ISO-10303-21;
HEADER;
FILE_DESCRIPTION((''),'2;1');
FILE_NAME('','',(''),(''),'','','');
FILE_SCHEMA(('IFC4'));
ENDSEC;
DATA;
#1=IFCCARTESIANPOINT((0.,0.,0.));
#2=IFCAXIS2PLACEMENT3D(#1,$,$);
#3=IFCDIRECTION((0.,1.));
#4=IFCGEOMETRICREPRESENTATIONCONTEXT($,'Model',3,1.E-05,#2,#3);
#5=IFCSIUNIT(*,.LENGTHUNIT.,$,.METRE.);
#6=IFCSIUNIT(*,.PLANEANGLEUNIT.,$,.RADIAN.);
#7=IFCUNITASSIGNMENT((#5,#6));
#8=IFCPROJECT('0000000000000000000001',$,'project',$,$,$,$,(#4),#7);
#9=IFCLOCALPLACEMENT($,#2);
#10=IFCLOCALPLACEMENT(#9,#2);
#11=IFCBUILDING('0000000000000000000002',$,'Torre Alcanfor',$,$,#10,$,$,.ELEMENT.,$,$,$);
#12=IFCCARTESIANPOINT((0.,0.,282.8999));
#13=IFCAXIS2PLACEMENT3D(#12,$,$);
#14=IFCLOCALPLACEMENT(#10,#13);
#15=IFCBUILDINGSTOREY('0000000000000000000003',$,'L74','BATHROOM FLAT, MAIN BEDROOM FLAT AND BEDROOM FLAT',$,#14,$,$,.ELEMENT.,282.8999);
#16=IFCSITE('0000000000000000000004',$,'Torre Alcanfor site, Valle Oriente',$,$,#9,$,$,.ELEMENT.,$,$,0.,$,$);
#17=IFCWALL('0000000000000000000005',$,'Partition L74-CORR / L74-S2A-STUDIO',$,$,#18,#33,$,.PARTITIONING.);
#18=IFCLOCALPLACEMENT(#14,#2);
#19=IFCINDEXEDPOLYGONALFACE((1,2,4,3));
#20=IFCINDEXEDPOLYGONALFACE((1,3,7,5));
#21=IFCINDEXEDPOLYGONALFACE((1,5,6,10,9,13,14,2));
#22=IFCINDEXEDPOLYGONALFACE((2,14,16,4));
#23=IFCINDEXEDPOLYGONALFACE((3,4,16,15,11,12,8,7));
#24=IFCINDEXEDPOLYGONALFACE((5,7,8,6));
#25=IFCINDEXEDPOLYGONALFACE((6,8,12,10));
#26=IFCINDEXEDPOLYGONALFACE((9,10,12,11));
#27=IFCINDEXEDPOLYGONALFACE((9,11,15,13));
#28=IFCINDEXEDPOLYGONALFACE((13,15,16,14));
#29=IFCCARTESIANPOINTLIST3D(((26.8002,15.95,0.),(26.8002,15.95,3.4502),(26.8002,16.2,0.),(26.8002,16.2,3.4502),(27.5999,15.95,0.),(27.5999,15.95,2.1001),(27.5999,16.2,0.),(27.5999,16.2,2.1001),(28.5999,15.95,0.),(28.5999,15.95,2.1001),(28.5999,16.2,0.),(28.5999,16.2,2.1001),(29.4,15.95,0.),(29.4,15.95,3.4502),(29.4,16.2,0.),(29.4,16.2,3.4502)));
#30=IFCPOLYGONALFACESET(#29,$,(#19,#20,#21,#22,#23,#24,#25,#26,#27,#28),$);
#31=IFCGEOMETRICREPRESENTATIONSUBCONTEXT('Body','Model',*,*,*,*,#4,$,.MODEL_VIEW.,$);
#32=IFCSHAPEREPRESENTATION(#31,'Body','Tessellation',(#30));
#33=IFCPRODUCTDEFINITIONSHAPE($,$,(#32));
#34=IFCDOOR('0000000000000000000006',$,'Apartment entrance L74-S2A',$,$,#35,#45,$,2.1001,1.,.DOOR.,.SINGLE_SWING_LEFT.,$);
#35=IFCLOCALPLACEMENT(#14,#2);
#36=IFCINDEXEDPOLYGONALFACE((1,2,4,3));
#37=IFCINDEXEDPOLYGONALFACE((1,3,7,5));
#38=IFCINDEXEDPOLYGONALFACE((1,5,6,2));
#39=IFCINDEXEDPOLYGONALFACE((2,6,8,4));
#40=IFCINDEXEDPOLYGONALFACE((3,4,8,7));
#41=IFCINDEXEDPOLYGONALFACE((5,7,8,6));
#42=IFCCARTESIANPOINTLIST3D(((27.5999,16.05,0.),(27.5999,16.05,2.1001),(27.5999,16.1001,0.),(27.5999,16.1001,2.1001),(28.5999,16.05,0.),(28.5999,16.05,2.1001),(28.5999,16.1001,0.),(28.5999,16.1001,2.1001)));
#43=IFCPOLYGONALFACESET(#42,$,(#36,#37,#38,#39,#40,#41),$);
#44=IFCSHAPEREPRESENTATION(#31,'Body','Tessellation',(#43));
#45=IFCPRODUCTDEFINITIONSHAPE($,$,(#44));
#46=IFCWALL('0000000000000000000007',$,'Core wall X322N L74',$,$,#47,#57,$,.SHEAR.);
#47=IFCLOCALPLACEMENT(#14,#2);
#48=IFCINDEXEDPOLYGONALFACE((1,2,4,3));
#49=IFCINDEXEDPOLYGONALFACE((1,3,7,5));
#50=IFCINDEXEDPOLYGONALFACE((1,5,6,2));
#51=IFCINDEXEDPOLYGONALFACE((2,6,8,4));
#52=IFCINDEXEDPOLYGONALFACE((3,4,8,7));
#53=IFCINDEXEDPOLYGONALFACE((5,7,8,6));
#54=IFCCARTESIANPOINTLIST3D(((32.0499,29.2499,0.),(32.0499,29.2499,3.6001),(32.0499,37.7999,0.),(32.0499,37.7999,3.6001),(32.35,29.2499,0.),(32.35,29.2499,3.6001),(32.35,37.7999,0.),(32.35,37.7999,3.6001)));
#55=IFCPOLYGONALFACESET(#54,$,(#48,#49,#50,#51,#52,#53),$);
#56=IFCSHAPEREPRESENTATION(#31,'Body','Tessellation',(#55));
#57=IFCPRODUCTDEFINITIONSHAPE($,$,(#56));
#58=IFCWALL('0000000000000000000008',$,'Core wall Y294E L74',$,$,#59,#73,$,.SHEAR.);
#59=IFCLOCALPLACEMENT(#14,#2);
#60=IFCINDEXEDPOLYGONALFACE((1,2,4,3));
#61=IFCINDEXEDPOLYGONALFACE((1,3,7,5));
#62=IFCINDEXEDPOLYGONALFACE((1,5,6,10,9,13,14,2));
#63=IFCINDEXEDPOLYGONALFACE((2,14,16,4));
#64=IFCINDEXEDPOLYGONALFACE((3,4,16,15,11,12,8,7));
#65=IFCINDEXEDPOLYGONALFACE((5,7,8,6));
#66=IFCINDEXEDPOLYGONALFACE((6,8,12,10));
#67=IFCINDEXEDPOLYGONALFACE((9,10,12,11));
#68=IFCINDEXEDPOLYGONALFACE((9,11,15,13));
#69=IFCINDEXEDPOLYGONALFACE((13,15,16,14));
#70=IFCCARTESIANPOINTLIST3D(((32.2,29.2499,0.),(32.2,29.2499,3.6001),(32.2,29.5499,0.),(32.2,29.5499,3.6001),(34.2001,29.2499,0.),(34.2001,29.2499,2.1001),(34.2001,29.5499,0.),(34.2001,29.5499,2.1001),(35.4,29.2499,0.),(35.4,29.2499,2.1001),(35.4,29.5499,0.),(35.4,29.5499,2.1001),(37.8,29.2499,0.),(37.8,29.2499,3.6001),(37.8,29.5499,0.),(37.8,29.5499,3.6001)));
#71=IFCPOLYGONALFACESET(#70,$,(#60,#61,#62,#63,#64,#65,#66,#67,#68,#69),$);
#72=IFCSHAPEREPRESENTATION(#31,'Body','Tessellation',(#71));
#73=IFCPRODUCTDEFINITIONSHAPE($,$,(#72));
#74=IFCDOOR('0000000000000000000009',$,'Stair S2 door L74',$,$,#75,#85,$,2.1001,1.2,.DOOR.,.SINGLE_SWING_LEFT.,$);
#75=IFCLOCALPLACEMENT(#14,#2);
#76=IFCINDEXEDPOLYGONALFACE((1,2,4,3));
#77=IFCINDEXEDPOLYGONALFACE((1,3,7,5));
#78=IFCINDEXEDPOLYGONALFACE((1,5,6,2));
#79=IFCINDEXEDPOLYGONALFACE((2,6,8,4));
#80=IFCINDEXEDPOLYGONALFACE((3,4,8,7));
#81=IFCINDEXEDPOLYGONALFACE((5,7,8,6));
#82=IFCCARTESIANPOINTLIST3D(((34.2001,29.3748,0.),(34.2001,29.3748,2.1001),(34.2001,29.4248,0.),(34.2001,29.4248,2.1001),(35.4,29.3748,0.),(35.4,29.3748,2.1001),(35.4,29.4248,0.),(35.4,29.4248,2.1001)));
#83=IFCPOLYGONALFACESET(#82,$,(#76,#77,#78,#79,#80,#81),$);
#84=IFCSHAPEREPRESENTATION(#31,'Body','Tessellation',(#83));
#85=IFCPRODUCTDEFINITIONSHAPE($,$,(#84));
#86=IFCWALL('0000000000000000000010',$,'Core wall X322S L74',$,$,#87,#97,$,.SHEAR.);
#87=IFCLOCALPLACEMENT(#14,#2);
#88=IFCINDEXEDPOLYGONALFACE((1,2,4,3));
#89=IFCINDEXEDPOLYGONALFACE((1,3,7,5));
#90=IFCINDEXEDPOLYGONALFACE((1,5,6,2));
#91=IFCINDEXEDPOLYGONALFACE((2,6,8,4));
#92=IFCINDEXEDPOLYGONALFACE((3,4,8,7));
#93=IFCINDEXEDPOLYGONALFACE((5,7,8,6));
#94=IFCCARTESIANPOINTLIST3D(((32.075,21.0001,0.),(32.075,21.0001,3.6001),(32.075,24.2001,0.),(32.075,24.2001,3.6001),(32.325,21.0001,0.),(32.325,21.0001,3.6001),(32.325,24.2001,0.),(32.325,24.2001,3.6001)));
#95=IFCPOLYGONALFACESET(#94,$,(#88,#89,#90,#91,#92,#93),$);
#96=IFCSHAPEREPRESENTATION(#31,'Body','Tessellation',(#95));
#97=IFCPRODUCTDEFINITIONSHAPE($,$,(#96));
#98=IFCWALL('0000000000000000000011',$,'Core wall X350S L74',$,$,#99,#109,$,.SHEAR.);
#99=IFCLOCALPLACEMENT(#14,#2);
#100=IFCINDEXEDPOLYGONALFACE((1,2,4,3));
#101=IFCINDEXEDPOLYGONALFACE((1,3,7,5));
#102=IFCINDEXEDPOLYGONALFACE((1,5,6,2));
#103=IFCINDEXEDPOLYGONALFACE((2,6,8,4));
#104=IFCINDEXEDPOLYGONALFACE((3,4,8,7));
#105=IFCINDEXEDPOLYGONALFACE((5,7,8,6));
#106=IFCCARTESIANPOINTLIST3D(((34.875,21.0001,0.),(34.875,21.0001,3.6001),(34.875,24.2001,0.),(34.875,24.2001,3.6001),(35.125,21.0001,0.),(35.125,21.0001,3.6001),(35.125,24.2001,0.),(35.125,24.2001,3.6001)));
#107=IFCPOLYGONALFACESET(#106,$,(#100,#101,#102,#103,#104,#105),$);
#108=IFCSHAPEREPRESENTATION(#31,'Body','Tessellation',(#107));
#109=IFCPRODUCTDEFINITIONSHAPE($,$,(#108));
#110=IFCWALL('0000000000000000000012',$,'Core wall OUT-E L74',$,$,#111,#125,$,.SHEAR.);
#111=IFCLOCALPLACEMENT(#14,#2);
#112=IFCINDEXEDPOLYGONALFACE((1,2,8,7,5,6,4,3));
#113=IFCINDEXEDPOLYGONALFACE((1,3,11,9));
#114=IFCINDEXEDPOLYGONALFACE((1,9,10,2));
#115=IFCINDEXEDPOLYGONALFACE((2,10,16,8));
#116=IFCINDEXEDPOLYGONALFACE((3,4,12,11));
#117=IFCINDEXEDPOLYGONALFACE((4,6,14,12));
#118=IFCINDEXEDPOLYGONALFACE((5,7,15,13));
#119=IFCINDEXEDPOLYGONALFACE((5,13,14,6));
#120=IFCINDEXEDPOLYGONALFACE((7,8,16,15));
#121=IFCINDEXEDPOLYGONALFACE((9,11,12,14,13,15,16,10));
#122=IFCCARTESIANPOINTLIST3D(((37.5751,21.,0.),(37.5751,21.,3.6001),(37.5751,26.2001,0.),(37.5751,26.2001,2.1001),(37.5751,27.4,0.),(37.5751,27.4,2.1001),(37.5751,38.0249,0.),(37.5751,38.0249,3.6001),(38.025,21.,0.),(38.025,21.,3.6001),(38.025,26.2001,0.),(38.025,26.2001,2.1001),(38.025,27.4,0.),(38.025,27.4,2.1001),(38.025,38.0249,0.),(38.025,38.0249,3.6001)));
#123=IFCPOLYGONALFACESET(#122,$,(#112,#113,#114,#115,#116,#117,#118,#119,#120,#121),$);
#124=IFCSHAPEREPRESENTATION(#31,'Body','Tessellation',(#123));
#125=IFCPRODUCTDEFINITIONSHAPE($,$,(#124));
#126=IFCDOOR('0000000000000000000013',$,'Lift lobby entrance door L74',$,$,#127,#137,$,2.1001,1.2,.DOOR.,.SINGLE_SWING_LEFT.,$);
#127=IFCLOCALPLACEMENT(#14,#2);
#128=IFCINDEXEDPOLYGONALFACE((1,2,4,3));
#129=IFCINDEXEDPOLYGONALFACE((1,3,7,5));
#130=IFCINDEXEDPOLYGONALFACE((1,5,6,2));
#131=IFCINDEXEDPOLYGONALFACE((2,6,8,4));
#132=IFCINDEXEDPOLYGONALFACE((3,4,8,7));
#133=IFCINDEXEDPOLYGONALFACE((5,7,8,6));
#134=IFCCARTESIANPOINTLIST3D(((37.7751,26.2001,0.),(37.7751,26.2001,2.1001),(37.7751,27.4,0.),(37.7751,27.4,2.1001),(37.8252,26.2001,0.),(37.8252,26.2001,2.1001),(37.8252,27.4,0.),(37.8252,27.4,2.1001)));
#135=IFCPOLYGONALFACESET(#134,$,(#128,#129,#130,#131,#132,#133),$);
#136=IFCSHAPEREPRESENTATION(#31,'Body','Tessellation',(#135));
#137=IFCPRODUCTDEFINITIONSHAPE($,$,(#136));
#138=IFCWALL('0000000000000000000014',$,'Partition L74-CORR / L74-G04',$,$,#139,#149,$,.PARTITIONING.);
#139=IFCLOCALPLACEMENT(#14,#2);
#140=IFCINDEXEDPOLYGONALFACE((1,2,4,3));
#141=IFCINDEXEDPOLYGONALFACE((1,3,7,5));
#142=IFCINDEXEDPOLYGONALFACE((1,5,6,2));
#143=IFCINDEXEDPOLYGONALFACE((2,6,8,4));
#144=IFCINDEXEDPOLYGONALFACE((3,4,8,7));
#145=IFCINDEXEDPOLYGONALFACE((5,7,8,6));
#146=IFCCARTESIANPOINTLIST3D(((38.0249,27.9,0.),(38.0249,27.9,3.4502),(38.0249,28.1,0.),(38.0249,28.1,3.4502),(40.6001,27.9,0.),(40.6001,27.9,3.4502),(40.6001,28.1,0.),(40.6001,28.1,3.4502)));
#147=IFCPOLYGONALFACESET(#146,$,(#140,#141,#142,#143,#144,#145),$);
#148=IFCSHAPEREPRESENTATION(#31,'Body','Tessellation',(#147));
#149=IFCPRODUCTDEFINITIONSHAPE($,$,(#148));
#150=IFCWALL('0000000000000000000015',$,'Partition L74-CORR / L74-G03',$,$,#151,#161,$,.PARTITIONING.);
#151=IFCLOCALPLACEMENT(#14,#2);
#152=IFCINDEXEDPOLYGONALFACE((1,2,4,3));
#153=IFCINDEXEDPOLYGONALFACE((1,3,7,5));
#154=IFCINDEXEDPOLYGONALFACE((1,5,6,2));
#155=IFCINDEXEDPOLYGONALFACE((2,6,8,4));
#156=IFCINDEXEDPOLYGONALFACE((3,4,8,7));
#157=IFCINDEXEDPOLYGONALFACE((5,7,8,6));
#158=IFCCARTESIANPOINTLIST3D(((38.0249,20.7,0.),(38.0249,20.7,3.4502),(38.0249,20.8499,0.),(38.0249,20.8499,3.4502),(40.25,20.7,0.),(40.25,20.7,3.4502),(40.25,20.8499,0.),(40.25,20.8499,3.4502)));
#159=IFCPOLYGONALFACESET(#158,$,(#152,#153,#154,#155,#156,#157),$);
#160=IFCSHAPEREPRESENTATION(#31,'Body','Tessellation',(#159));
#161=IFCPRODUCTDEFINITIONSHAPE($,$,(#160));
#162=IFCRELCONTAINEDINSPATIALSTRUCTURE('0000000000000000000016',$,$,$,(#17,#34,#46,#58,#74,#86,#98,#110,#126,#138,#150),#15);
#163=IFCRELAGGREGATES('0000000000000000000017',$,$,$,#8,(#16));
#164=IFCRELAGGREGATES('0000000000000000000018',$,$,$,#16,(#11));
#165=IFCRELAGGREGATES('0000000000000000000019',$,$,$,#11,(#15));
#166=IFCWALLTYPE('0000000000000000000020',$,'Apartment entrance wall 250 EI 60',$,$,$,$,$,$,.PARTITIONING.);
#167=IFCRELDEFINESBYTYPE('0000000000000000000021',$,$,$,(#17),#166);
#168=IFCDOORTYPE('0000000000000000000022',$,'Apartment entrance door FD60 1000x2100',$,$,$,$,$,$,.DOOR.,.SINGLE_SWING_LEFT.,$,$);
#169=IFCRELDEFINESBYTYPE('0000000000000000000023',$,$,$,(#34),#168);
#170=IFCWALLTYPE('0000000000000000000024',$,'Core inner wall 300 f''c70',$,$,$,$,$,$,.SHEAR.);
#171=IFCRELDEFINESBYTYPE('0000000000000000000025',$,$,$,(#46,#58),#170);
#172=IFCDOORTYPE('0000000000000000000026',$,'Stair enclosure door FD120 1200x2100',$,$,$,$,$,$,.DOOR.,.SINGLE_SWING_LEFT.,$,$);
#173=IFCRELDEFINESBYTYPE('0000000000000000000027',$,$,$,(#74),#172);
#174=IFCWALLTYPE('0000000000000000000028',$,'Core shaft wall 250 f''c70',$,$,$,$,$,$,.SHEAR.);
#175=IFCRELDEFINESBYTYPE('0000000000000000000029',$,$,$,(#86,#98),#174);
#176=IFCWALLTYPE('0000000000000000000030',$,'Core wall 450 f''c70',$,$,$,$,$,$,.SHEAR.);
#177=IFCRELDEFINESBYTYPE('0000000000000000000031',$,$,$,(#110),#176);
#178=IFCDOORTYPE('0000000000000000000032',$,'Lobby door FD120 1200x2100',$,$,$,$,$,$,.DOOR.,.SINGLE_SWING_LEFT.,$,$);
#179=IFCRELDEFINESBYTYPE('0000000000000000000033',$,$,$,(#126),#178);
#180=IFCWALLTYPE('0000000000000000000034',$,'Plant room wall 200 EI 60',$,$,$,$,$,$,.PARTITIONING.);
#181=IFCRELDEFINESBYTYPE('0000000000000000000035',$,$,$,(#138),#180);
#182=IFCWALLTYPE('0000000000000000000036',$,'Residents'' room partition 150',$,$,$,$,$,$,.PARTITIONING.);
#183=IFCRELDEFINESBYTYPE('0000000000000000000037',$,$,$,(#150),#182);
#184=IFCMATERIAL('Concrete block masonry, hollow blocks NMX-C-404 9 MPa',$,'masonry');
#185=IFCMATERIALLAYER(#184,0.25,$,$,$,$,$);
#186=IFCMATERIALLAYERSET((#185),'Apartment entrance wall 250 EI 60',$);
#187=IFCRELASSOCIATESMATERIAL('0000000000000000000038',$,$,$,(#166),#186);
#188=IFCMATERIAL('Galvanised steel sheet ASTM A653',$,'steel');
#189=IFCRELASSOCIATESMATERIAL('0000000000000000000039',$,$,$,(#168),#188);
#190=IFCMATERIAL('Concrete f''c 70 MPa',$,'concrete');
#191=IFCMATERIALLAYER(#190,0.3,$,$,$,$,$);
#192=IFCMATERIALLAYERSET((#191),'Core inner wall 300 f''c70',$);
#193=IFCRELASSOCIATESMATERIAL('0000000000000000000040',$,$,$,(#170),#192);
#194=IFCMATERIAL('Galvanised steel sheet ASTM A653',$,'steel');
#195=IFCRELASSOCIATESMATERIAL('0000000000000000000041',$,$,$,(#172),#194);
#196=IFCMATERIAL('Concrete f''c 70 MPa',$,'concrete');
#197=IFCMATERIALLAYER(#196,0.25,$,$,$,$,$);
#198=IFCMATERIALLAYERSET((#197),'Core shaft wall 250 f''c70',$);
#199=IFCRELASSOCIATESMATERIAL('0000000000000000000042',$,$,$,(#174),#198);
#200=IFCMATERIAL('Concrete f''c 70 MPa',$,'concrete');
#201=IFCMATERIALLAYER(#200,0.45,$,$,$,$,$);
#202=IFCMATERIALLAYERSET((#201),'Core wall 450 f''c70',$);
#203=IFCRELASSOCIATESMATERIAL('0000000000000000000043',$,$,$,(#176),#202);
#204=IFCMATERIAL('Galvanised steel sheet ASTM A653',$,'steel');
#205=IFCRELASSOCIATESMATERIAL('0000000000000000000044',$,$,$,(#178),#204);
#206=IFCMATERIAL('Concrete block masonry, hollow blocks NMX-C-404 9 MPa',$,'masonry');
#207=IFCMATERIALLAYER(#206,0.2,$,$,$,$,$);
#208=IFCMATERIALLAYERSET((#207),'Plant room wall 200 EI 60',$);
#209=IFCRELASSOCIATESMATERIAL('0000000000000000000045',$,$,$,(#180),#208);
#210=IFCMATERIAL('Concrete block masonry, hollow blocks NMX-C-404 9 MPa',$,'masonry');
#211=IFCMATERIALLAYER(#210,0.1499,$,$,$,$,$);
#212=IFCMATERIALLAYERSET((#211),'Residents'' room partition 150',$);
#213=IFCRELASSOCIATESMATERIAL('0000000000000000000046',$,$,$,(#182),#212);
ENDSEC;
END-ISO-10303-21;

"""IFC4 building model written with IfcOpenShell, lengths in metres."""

from ifc_helpers import new_model, si_unit, direction, frame, frame_2d, origin, place, context, subcontext, project, spatial, rectangle, extrude, material, layer, layer_set, type_object, element, fill, save


model = new_model("IFC4")

# Units and contexts
model_context = context("Model", 3, precision=1e-05, world=origin(), true_north=direction((0.0, 1.0)))
body_context = subcontext(model_context, "Body", "Model", "MODEL_VIEW")
ifc_project = project(units=[si_unit("LENGTHUNIT", "METRE"), si_unit("PLANEANGLEUNIT", "RADIAN")], contexts=[model_context])

# Site, building, storey
site_placement = place(None, origin())
site = spatial("IfcSite", under=ifc_project, at=site_placement, Name="Torre Alcanfor site, Valle Oriente", CompositionType="ELEMENT", RefElevation=0.0)
building_placement = place(site_placement, origin())
building = spatial("IfcBuilding", under=site, at=building_placement, Name="Torre Alcanfor", CompositionType="ELEMENT")
storey_placement = place(building_placement, frame((0.0, 0.0, 282.8999)))
storey = spatial("IfcBuildingStorey", under=building, at=storey_placement, Name="L74", Description="BATHROOM FLAT, MAIN BEDROOM FLAT AND BEDROOM FLAT", CompositionType="ELEMENT", Elevation=282.8999)

# Shared definitions
ifc_material_1 = material(Name="Concrete block masonry, hollow blocks NMX-C-404 9 MPa", Category="masonry")
ifc_layer_1 = layer(ifc_material_1, 0.25)
ifc_layer_set_1 = layer_set([ifc_layer_1], Name="Apartment entrance wall 250 EI 60")
wall_type_1 = type_object("IfcWallType", Name="Apartment entrance wall 250 EI 60", PredefinedType="PARTITIONING", material=ifc_layer_set_1)
ifc_material_2 = material(Name="Galvanised steel sheet ASTM A653", Category="steel")
door_type_1 = type_object("IfcDoorType", Name="Apartment entrance door FD60 1000x2100", OperationType="SINGLE_SWING_LEFT", PredefinedType="DOOR", material=ifc_material_2)

# Wall, opening, door
wall_1_placement = place(storey_placement, frame((29.3999, 16.075, 0.0), z_axis=(0.0, 0.0, 1.0), x_axis=(-1.0, 0.0, 0.0)))
wall_1 = element("IfcWall", 1, at=wall_1_placement, inside=storey, type_object=wall_type_1, Name="Partition L74-CORR / L74-S2A-STUDIO", PredefinedType="PARTITIONING", context=body_context, shape_type="SweptSolid", body=[
    extrude(rectangle(XDim=2.5999, YDim=0.25, at=frame_2d((1.2998, 0.0))), origin(), (0.0, 0.0, 1.0), 3.4502),
])
opening_1_placement = place(wall_1_placement, frame((0.8, 0.0, 0.0)))
opening_1 = element("IfcOpeningElement", 2, at=opening_1_placement, cuts=wall_1, PredefinedType="OPENING", context=body_context, shape_type="SweptSolid", body=[
    extrude(rectangle(XDim=1.0, YDim=2.1001, at=frame_2d((0.5, 1.05))), frame((0.0, 0.135, 0.0), z_axis=(0.0, -1.0, 0.0), x_axis=(1.0, 0.0, 0.0)), (0.0, 0.0, 1.0), 0.27),
])
door_1_placement = place(opening_1_placement, origin())
door_1 = element("IfcDoor", 3, at=door_1_placement, inside=storey, type_object=door_type_1, Name="Apartment entrance L74-S2A", OperationType="SINGLE_SWING_LEFT", OverallHeight=2.1001, OverallWidth=1.0, PredefinedType="DOOR", context=body_context, shape_type="SweptSolid", body=[
    extrude(rectangle(XDim=1.0, YDim=2.1001, at=frame_2d((0.5, 1.05))), frame((0.0, 0.0249, 0.0), z_axis=(0.0, -1.0, 0.0), x_axis=(1.0, 0.0, 0.0)), (0.0, 0.0, 1.0), 0.05),
])
fill(opening_1, door_1)

# Wall
ifc_material_3 = material(Name="Concrete f'c 70 MPa", Category="concrete")
ifc_layer_2 = layer(ifc_material_3, 0.3)
ifc_layer_set_2 = layer_set([ifc_layer_2], Name="Core inner wall 300 f'c70")
wall_type_2 = type_object("IfcWallType", Name="Core inner wall 300 f'c70", PredefinedType="SHEAR", material=ifc_layer_set_2)
wall_2_placement = place(storey_placement, frame((32.2, 29.25, 0.0), z_axis=(0.0, 0.0, 1.0), x_axis=(0.0, 1.0, 0.0)))
element("IfcWall", 4, at=wall_2_placement, inside=storey, type_object=wall_type_2, Name="Core wall X322N L74", PredefinedType="SHEAR", context=body_context, shape_type="SweptSolid", body=[
    extrude(rectangle(XDim=8.55, YDim=0.3, at=frame_2d((4.2749, 0.0))), origin(), (0.0, 0.0, 1.0), 3.6001),
])

# Wall, opening, door
wall_3_placement = place(storey_placement, frame((32.2, 29.3999, 0.0), z_axis=(0.0, 0.0, 1.0), x_axis=(1.0, 0.0, 0.0)))
wall_3 = element("IfcWall", 5, at=wall_3_placement, inside=storey, type_object=wall_type_2, Name="Core wall Y294E L74", PredefinedType="SHEAR", context=body_context, shape_type="SweptSolid", body=[
    extrude(rectangle(XDim=5.6001, YDim=0.3, at=frame_2d((2.8, 0.0))), origin(), (0.0, 0.0, 1.0), 3.6001),
])
opening_2_placement = place(wall_3_placement, frame((2.0, 0.0, 0.0)))
opening_2 = element("IfcOpeningElement", 6, at=opening_2_placement, cuts=wall_3, PredefinedType="OPENING", context=body_context, shape_type="SweptSolid", body=[
    extrude(rectangle(XDim=1.2, YDim=2.1001, at=frame_2d((0.6001, 1.05))), frame((0.0, 0.1599, 0.0), z_axis=(0.0, -1.0, 0.0), x_axis=(1.0, 0.0, 0.0)), (0.0, 0.0, 1.0), 0.3201),
])
ifc_material_4 = material(Name="Galvanised steel sheet ASTM A653", Category="steel")
door_type_2 = type_object("IfcDoorType", Name="Stair enclosure door FD120 1200x2100", OperationType="SINGLE_SWING_LEFT", PredefinedType="DOOR", material=ifc_material_4)
door_2_placement = place(opening_2_placement, origin())
door_2 = element("IfcDoor", 7, at=door_2_placement, inside=storey, type_object=door_type_2, Name="Stair S2 door L74", OperationType="SINGLE_SWING_LEFT", OverallHeight=2.1001, OverallWidth=1.2, PredefinedType="DOOR", context=body_context, shape_type="SweptSolid", body=[
    extrude(rectangle(XDim=1.2, YDim=2.1001, at=frame_2d((0.6001, 1.05))), frame((0.0, 0.0249, 0.0), z_axis=(0.0, -1.0, 0.0), x_axis=(1.0, 0.0, 0.0)), (0.0, 0.0, 1.0), 0.05),
])
fill(opening_2, door_2)

# Walls
ifc_material_5 = material(Name="Concrete f'c 70 MPa", Category="concrete")
ifc_layer_3 = layer(ifc_material_5, 0.25)
ifc_layer_set_3 = layer_set([ifc_layer_3], Name="Core shaft wall 250 f'c70")
wall_type_3 = type_object("IfcWallType", Name="Core shaft wall 250 f'c70", PredefinedType="SHEAR", material=ifc_layer_set_3)
for number, where, z_axis, x_axis, name in (
    (8, (32.2, 21.0, 0.0), (0.0, 0.0, 1.0), (0.0, 1.0, 0.0), "Core wall X322S L74"),
    (9, (35.0, 21.0, 0.0), (0.0, 0.0, 1.0), (0.0, 1.0, 0.0), "Core wall X350S L74"),
):
    element("IfcWall", number, at=place(storey_placement, frame(where, z_axis=z_axis, x_axis=x_axis)), inside=storey, type_object=wall_type_3, Name=name, PredefinedType="SHEAR", context=body_context, shape_type="SweptSolid", body=[
        extrude(rectangle(XDim=3.2, YDim=0.25, at=frame_2d((1.6001, 0.0))), origin(), (0.0, 0.0, 1.0), 3.6001),
    ])

# Wall, opening, door
ifc_material_6 = material(Name="Concrete f'c 70 MPa", Category="concrete")
ifc_layer_4 = layer(ifc_material_6, 0.45)
ifc_layer_set_4 = layer_set([ifc_layer_4], Name="Core wall 450 f'c70")
wall_type_4 = type_object("IfcWallType", Name="Core wall 450 f'c70", PredefinedType="SHEAR", material=ifc_layer_set_4)
wall_4_placement = place(storey_placement, frame((37.8, 21.0, 0.0), z_axis=(0.0, 0.0, 1.0), x_axis=(0.0, 1.0, 0.0)))
wall_4 = element("IfcWall", 10, at=wall_4_placement, inside=storey, type_object=wall_type_4, Name="Core wall OUT-E L74", PredefinedType="SHEAR", context=body_context, shape_type="SweptSolid", body=[
    extrude(rectangle(XDim=17.0249, YDim=0.45, at=frame_2d((8.5125, 0.0))), origin(), (0.0, 0.0, 1.0), 3.6001),
])
opening_3_placement = place(wall_4_placement, frame((5.2, 0.0, 0.0)))
opening_3 = element("IfcOpeningElement", 11, at=opening_3_placement, cuts=wall_4, PredefinedType="OPENING", context=body_context, shape_type="SweptSolid", body=[
    extrude(rectangle(XDim=1.2, YDim=2.1001, at=frame_2d((0.6001, 1.05))), frame((0.0, 0.2349, 0.0), z_axis=(0.0, -1.0, 0.0), x_axis=(1.0, 0.0, 0.0)), (0.0, 0.0, 1.0), 0.47),
])
ifc_material_7 = material(Name="Galvanised steel sheet ASTM A653", Category="steel")
door_type_3 = type_object("IfcDoorType", Name="Lobby door FD120 1200x2100", OperationType="SINGLE_SWING_LEFT", PredefinedType="DOOR", material=ifc_material_7)
door_3_placement = place(opening_3_placement, origin())
door_3 = element("IfcDoor", 12, at=door_3_placement, inside=storey, type_object=door_type_3, Name="Lift lobby entrance door L74", OperationType="SINGLE_SWING_LEFT", OverallHeight=2.1001, OverallWidth=1.2, PredefinedType="DOOR", context=body_context, shape_type="SweptSolid", body=[
    extrude(rectangle(XDim=1.2, YDim=2.1001, at=frame_2d((0.6001, 1.05))), frame((0.0, 0.0249, 0.0), z_axis=(0.0, -1.0, 0.0), x_axis=(1.0, 0.0, 0.0)), (0.0, 0.0, 1.0), 0.05),
])
fill(opening_3, door_3)

# Walls
ifc_material_8 = material(Name="Concrete block masonry, hollow blocks NMX-C-404 9 MPa", Category="masonry")
ifc_layer_5 = layer(ifc_material_8, 0.2)
ifc_layer_set_5 = layer_set([ifc_layer_5], Name="Plant room wall 200 EI 60")
wall_type_5 = type_object("IfcWallType", Name="Plant room wall 200 EI 60", PredefinedType="PARTITIONING", material=ifc_layer_set_5)
wall_5_placement = place(storey_placement, frame((38.0249, 28.0, 0.0), z_axis=(0.0, 0.0, 1.0), x_axis=(1.0, 0.0, 0.0)))
element("IfcWall", 13, at=wall_5_placement, inside=storey, type_object=wall_type_5, Name="Partition L74-CORR / L74-G04", PredefinedType="PARTITIONING", context=body_context, shape_type="SweptSolid", body=[
    extrude(rectangle(XDim=2.5752, YDim=0.2, at=frame_2d((1.2876, 0.0))), origin(), (0.0, 0.0, 1.0), 3.4502),
])
ifc_material_9 = material(Name="Concrete block masonry, hollow blocks NMX-C-404 9 MPa", Category="masonry")
ifc_layer_6 = layer(ifc_material_9, 0.1499)
ifc_layer_set_6 = layer_set([ifc_layer_6], Name="Residents' room partition 150")
wall_type_6 = type_object("IfcWallType", Name="Residents' room partition 150", PredefinedType="PARTITIONING", material=ifc_layer_set_6)
wall_6_placement = place(storey_placement, frame((38.0249, 20.7749, 0.0), z_axis=(0.0, 0.0, 1.0), x_axis=(1.0, 0.0, 0.0)))
element("IfcWall", 14, at=wall_6_placement, inside=storey, type_object=wall_type_6, Name="Partition L74-CORR / L74-G03", PredefinedType="PARTITIONING", context=body_context, shape_type="SweptSolid", body=[
    extrude(rectangle(XDim=2.2251, YDim=0.1499, at=frame_2d((1.1125, 0.0))), origin(), (0.0, 0.0, 1.0), 3.4502),
])

save(model, "model.ifc")
